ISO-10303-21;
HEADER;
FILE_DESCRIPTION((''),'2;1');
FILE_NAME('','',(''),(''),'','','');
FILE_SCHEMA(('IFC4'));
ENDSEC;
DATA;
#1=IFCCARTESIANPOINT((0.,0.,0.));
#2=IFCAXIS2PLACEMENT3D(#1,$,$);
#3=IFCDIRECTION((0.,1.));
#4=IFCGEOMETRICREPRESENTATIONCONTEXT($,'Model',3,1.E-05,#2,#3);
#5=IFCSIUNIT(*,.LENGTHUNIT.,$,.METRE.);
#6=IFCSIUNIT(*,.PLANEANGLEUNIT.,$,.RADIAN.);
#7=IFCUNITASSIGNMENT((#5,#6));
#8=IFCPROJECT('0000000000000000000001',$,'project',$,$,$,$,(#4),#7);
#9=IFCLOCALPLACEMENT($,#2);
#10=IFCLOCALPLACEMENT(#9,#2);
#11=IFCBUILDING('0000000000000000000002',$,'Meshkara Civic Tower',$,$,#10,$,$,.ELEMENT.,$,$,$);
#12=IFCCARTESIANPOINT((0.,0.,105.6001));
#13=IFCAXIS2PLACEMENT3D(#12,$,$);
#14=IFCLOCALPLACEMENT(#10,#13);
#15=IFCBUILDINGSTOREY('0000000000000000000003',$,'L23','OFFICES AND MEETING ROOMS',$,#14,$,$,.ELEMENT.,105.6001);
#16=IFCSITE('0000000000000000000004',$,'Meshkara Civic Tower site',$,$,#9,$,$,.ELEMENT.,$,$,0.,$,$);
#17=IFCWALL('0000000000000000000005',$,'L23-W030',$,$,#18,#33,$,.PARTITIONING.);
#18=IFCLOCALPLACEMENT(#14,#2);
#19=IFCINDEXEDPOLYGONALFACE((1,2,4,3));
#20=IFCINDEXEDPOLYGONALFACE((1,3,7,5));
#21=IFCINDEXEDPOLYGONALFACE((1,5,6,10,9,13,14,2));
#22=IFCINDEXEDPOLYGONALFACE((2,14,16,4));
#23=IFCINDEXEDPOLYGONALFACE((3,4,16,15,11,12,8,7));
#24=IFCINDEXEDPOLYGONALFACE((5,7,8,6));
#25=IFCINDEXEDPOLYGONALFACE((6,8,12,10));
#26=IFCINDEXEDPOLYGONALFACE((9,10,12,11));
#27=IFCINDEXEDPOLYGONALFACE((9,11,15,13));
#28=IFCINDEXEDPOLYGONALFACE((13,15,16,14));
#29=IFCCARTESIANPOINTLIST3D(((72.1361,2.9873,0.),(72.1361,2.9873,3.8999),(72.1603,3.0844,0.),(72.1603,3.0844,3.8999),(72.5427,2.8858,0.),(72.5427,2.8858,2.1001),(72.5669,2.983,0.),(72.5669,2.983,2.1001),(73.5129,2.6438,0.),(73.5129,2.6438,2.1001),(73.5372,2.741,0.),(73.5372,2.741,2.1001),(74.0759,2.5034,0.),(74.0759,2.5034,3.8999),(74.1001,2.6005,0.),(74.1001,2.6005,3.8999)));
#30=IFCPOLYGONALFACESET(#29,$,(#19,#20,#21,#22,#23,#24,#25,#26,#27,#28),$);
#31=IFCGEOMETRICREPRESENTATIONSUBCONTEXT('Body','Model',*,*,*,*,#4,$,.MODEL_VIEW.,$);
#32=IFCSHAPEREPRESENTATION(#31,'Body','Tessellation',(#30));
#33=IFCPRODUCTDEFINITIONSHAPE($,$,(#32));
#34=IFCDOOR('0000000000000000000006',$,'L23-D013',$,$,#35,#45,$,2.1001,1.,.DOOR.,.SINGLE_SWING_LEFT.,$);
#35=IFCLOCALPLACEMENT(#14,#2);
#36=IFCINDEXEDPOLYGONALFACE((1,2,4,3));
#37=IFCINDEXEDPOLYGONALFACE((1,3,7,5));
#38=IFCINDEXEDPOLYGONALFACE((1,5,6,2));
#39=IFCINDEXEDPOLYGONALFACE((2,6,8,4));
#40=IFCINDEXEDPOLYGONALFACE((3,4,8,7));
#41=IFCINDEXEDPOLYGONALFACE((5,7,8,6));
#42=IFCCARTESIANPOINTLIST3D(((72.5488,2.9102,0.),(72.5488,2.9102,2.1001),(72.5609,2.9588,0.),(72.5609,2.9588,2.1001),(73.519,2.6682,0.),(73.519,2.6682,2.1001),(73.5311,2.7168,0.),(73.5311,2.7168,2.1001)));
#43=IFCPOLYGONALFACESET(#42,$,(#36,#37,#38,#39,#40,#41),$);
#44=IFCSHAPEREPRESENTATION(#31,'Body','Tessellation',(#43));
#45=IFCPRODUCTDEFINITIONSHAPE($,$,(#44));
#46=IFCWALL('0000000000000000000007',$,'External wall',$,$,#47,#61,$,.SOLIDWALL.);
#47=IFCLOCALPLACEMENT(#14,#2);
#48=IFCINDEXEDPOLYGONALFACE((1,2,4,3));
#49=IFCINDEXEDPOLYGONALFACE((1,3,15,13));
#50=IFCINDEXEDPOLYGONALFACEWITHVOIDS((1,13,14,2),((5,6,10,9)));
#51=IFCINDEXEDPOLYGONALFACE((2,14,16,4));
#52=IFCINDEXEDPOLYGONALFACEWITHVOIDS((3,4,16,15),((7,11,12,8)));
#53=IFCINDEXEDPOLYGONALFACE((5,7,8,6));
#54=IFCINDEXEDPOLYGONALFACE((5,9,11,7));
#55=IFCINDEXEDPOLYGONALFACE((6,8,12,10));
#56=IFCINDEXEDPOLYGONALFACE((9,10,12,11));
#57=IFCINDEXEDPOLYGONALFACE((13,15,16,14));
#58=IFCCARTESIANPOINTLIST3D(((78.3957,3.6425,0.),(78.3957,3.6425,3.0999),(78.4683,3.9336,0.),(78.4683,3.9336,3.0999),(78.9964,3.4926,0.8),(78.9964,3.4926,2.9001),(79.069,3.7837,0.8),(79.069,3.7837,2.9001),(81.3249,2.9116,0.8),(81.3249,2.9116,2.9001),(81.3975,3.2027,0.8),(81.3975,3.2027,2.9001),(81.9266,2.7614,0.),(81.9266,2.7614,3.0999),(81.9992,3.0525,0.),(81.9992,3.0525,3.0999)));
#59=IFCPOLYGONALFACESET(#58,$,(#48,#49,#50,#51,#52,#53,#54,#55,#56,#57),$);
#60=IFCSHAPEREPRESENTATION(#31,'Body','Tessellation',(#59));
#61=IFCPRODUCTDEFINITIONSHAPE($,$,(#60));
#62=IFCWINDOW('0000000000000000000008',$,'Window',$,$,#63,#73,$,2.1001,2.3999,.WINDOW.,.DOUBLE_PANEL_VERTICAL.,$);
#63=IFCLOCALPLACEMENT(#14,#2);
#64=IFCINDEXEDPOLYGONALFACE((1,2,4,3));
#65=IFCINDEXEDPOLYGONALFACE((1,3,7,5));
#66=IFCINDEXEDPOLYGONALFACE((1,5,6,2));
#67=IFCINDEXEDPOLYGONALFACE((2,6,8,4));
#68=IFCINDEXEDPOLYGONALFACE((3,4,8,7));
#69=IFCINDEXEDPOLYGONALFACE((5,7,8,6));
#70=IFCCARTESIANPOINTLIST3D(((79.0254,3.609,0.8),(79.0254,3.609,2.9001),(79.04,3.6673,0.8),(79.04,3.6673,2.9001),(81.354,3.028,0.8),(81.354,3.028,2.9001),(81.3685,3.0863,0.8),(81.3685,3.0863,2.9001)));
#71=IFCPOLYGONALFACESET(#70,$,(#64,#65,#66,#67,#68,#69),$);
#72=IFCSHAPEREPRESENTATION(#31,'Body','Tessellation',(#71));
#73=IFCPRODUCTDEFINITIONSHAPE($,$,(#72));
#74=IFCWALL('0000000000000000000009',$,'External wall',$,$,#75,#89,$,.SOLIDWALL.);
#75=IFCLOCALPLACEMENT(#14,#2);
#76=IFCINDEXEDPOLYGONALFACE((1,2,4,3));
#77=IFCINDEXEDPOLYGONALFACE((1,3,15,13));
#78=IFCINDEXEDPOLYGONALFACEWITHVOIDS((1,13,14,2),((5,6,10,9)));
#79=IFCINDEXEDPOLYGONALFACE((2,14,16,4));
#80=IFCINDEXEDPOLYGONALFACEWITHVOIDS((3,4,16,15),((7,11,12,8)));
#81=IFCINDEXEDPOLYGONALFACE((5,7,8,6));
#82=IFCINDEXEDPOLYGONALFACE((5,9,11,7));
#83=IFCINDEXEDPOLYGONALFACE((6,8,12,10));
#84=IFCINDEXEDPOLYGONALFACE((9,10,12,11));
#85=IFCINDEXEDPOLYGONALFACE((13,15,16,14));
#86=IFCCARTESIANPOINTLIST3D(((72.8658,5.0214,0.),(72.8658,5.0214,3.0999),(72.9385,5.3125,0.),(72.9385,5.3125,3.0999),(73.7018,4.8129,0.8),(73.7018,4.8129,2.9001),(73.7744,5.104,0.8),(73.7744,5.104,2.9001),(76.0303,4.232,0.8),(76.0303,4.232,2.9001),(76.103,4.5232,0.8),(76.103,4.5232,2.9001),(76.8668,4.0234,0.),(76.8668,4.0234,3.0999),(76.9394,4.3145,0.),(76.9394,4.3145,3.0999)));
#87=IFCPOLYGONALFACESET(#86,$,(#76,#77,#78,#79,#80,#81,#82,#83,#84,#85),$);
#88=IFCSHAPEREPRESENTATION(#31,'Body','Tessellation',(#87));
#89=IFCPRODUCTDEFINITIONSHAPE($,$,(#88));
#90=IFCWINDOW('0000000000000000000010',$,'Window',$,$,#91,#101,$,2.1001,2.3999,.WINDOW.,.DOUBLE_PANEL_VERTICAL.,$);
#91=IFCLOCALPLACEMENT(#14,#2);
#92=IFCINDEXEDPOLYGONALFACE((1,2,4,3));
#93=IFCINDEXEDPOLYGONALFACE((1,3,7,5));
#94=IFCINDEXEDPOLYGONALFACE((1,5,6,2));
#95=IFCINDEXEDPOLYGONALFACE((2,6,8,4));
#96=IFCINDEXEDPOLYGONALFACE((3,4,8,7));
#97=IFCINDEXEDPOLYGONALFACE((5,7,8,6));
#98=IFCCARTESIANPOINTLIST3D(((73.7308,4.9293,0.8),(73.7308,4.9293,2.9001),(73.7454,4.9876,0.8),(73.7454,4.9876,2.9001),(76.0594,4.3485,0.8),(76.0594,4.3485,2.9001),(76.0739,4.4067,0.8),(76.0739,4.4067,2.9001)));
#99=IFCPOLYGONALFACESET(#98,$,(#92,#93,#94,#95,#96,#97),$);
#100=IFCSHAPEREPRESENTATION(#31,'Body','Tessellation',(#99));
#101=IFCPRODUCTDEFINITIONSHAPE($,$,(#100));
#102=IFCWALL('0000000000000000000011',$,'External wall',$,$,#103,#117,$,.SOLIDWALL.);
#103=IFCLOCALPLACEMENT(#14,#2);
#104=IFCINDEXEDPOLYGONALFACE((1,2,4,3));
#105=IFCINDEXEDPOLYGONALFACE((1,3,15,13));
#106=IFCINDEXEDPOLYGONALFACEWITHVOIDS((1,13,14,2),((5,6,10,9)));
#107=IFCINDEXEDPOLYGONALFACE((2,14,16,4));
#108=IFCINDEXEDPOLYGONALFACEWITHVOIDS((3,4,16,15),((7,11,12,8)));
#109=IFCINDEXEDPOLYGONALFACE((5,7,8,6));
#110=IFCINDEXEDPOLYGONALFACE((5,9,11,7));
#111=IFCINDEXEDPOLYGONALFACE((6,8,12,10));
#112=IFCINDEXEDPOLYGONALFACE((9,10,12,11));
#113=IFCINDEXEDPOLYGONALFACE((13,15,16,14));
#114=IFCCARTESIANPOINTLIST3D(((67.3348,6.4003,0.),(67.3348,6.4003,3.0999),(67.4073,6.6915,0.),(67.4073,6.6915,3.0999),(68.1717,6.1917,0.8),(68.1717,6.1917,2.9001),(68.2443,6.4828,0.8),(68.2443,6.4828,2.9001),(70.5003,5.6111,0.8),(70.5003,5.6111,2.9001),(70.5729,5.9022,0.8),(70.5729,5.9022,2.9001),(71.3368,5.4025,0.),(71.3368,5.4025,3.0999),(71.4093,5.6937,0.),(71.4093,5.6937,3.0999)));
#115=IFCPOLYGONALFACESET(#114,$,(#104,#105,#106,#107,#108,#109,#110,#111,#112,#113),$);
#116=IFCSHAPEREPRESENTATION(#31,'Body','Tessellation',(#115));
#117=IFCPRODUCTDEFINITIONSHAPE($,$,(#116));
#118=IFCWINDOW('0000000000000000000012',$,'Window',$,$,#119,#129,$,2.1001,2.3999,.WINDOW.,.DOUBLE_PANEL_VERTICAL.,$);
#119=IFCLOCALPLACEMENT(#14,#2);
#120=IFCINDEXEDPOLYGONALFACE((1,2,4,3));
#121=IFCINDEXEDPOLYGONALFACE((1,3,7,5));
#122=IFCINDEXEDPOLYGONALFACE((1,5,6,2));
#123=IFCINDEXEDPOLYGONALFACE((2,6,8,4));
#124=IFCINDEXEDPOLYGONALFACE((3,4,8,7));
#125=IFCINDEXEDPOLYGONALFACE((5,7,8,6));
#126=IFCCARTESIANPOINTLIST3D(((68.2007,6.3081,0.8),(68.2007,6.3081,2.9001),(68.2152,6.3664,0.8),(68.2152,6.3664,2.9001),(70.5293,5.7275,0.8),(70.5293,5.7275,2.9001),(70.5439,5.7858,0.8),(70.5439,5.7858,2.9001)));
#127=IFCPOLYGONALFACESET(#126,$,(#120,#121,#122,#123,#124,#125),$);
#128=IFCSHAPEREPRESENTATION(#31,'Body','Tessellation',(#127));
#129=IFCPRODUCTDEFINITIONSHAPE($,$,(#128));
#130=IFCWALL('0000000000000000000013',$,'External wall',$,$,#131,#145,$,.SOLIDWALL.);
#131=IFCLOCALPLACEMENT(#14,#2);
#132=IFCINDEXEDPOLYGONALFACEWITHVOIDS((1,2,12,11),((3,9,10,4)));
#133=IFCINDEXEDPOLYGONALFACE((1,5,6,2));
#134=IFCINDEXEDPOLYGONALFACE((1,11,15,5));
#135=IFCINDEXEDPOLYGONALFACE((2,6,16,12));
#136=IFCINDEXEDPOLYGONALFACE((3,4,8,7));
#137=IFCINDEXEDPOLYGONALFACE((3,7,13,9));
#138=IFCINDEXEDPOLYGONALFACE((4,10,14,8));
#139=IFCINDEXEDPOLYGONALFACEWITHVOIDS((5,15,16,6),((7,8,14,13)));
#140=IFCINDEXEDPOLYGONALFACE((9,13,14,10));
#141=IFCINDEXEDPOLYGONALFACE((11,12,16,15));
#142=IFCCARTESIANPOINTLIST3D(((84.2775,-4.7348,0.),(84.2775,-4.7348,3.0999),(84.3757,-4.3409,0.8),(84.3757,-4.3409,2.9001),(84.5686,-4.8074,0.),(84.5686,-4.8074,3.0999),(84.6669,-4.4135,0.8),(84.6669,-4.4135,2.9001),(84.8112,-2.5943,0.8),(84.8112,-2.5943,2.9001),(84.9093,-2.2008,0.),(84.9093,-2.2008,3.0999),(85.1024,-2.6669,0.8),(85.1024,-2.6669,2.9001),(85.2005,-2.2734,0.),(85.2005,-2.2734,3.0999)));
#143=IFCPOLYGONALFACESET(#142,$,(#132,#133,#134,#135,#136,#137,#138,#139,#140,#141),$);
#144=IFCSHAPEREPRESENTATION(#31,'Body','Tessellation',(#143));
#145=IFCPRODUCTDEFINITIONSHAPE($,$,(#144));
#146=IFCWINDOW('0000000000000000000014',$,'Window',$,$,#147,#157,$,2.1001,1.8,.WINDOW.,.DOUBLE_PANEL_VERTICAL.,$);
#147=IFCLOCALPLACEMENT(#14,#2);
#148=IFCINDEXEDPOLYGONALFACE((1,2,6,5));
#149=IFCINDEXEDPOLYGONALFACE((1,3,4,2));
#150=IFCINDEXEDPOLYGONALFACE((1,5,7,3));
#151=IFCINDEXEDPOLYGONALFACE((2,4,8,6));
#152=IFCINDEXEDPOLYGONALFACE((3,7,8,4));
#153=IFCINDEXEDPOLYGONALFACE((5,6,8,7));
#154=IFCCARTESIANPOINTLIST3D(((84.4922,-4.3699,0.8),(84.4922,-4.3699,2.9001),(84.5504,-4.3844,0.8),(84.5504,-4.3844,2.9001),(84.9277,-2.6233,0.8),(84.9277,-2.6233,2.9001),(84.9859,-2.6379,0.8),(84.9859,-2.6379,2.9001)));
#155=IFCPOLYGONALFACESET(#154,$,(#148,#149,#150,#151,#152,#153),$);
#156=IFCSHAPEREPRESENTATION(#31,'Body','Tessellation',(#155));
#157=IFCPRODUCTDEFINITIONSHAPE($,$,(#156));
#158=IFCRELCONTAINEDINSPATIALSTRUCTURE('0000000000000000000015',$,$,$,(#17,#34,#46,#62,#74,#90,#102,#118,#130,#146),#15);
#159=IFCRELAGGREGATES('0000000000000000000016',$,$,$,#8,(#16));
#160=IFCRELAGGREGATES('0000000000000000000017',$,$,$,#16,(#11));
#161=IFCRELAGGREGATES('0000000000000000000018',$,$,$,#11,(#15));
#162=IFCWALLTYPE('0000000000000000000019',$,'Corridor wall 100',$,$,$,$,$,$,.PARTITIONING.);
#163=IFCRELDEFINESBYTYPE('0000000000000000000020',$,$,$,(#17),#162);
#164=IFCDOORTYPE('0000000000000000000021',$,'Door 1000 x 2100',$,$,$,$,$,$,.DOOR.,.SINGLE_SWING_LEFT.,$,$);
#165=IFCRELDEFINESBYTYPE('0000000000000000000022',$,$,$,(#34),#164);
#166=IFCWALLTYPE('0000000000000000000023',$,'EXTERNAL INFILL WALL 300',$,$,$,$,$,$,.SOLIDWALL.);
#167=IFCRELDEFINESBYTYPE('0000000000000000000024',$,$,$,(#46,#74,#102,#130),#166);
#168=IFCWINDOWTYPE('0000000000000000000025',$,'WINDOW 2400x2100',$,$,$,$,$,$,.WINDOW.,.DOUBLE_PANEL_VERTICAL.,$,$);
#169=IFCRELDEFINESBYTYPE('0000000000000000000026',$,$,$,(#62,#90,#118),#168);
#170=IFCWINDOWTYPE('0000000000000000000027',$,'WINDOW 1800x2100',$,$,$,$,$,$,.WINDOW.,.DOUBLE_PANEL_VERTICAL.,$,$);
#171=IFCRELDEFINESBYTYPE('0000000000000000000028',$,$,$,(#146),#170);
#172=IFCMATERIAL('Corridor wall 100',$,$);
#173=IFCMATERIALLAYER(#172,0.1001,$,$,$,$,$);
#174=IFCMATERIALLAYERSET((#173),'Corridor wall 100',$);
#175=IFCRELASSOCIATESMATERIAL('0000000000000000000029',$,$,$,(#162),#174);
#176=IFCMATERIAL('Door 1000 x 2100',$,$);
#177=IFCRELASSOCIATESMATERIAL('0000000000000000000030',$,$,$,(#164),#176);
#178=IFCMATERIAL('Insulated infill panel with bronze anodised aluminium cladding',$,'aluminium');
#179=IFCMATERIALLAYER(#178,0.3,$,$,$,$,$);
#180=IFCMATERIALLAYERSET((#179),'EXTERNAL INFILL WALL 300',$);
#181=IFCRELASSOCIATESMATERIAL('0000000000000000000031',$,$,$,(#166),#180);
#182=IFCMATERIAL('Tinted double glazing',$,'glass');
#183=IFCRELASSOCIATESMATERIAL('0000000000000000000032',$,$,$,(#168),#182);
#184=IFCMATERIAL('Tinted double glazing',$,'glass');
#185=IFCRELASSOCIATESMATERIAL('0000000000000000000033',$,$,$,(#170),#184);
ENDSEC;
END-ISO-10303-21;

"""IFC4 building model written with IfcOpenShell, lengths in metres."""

from ifc_helpers import new_model, si_unit, direction, frame, frame_2d, origin, place, context, subcontext, project, spatial, rectangle, extrude, material, layer, layer_set, type_object, element, fill, save


model = new_model("IFC4")

# Units and contexts
model_context = context("Model", 3, precision=1e-05, world=origin(), true_north=direction((0.0, 1.0)))
body_context = subcontext(model_context, "Body", "Model", "MODEL_VIEW")
ifc_project = project(units=[si_unit("LENGTHUNIT", "METRE"), si_unit("PLANEANGLEUNIT", "RADIAN")], contexts=[model_context])

# Site, building, storey
site_placement = place(None, origin())
site = spatial("IfcSite", under=ifc_project, at=site_placement, Name="Meshkara Civic Tower site", CompositionType="ELEMENT", RefElevation=0.0)
building_placement = place(site_placement, origin())
building = spatial("IfcBuilding", under=site, at=building_placement, Name="Meshkara Civic Tower", CompositionType="ELEMENT")
storey_placement = place(building_placement, frame((0.0, 0.0, 105.6001)))
storey = spatial("IfcBuildingStorey", under=building, at=storey_placement, Name="L23", Description="OFFICES AND MEETING ROOMS", CompositionType="ELEMENT", Elevation=105.6001)

# Shared definitions
ifc_material_1 = material(Name="Corridor wall 100")
ifc_layer_1 = layer(ifc_material_1, 0.1001)
ifc_layer_set_1 = layer_set([ifc_layer_1], Name="Corridor wall 100")
wall_type_1 = type_object("IfcWallType", Name="Corridor wall 100", PredefinedType="PARTITIONING", material=ifc_layer_set_1)
ifc_material_2 = material(Name="Door 1000 x 2100")
door_type = type_object("IfcDoorType", Name="Door 1000 x 2100", OperationType="SINGLE_SWING_LEFT", PredefinedType="DOOR", material=ifc_material_2)

# Wall, opening, door
wall_1_placement = place(storey_placement, frame((74.0879, 2.552, 0.0), z_axis=(0.0, 0.0, 1.0), x_axis=(-0.970272, 0.242018, 0.0)))
wall_1 = element("IfcWall", 1, at=wall_1_placement, inside=storey, type_object=wall_type_1, Name="L23-W030", PredefinedType="PARTITIONING", context=body_context, shape_type="SweptSolid", body=[
    extrude(rectangle(XDim=1.9993, YDim=0.1001, at=frame_2d((0.9995, 0.0))), origin(), (0.0, 0.0, 1.0), 3.8999),
])
opening_1_placement = place(wall_1_placement, frame((0.5801, 0.0, 0.0)))
opening_1 = element("IfcOpeningElement", 2, at=opening_1_placement, cuts=wall_1, PredefinedType="OPENING", context=body_context, shape_type="SweptSolid", body=[
    extrude(rectangle(XDim=1.0, YDim=2.1001, at=frame_2d((0.5, 1.05))), frame((0.0, 0.0601, 0.0), z_axis=(0.0, -1.0, 0.0), x_axis=(1.0, 0.0, 0.0)), (0.0, 0.0, 1.0), 0.1201),
])
door_1_placement = place(opening_1_placement, origin())
door_1 = element("IfcDoor", 3, at=door_1_placement, inside=storey, type_object=door_type, Name="L23-D013", OperationType="SINGLE_SWING_LEFT", OverallHeight=2.1001, OverallWidth=1.0, PredefinedType="DOOR", context=body_context, shape_type="SweptSolid", body=[
    extrude(rectangle(XDim=1.0, YDim=2.1001, at=frame_2d((0.5, 1.05))), frame((0.0, 0.0249, 0.0), z_axis=(0.0, -1.0, 0.0), x_axis=(1.0, 0.0, 0.0)), (0.0, 0.0, 1.0), 0.05),
])
fill(opening_1, door_1)

# Walls, openings, windows
ifc_material_3 = material(Name="Insulated infill panel with bronze anodised aluminium cladding", Category="aluminium")
ifc_layer_2 = layer(ifc_material_3, 0.3)
ifc_layer_set_2 = layer_set([ifc_layer_2], Name="EXTERNAL INFILL WALL 300")
wall_type_2 = type_object("IfcWallType", Name="EXTERNAL INFILL WALL 300", PredefinedType="SOLIDWALL", material=ifc_layer_set_2)
wall_2_placement = place(storey_placement, frame((81.9629, 2.907, 0.0), z_axis=(0.0, 0.0, 1.0), x_axis=(-0.970249, 0.242109, 0.0)))
wall_2 = element("IfcWall", 4, at=wall_2_placement, inside=storey, type_object=wall_type_2, Name="External wall", PredefinedType="SOLIDWALL", context=body_context, shape_type="SweptSolid", body=[
    extrude(rectangle(XDim=3.6392, YDim=0.3, at=frame_2d((1.8196, 0.0))), origin(), (0.0, 0.0, 1.0), 3.0999),
])
opening_2_placement = place(wall_2_placement, frame((0.6201, 0.0, 0.8)))
opening_2 = element("IfcOpeningElement", 5, at=opening_2_placement, cuts=wall_2, PredefinedType="OPENING", context=body_context, shape_type="SweptSolid", body=[
    extrude(rectangle(XDim=2.3999, YDim=2.1001, at=frame_2d((1.2, 1.05))), frame((0.0, 0.1599, 0.0), z_axis=(0.0, -1.0, 0.0), x_axis=(1.0, 0.0, 0.0)), (0.0, 0.0, 1.0), 0.3201),
])
ifc_material_4 = material(Name="Tinted double glazing", Category="glass")
window_type_1 = type_object("IfcWindowType", Name="WINDOW 2400x2100", PartitioningType="DOUBLE_PANEL_VERTICAL", PredefinedType="WINDOW", material=ifc_material_4)
window_1_placement = place(opening_2_placement, origin())
window_1 = element("IfcWindow", 6, at=window_1_placement, inside=storey, type_object=window_type_1, Name="Window", OverallHeight=2.1001, OverallWidth=2.3999, PartitioningType="DOUBLE_PANEL_VERTICAL", PredefinedType="WINDOW", context=body_context, shape_type="SweptSolid", body=[
    extrude(rectangle(XDim=2.3999, YDim=2.1001, at=frame_2d((1.2, 1.05))), frame((0.0, 0.03, 0.0), z_axis=(0.0, -1.0, 0.0), x_axis=(1.0, 0.0, 0.0)), (0.0, 0.0, 1.0), 0.0601),
])
fill(opening_2, window_1)
wall_3_placement = place(storey_placement, frame((76.9031, 4.1689, 0.0), z_axis=(0.0, 0.0, 1.0), x_axis=(-0.970268, 0.242034, 0.0)))
wall_3 = element("IfcWall", 7, at=wall_3_placement, inside=storey, type_object=wall_type_2, Name="External wall", PredefinedType="SOLIDWALL", context=body_context, shape_type="SweptSolid", body=[
    extrude(rectangle(XDim=4.1235, YDim=0.3, at=frame_2d((2.0618, 0.0))), origin(), (0.0, 0.0, 1.0), 3.0999),
])
opening_3_placement = place(wall_3_placement, frame((0.8621, 0.0, 0.8)))
opening_3 = element("IfcOpeningElement", 8, at=opening_3_placement, cuts=wall_3, PredefinedType="OPENING", context=body_context, shape_type="SweptSolid", body=[
    extrude(rectangle(XDim=2.3999, YDim=2.1001, at=frame_2d((1.2, 1.05))), frame((0.0, 0.1599, 0.0), z_axis=(0.0, -1.0, 0.0), x_axis=(1.0, 0.0, 0.0)), (0.0, 0.0, 1.0), 0.3201),
])
window_2_placement = place(opening_3_placement, origin())
window_2 = element("IfcWindow", 9, at=window_2_placement, inside=storey, type_object=window_type_1, Name="Window", OverallHeight=2.1001, OverallWidth=2.3999, PartitioningType="DOUBLE_PANEL_VERTICAL", PredefinedType="WINDOW", context=body_context, shape_type="SweptSolid", body=[
    extrude(rectangle(XDim=2.3999, YDim=2.1001, at=frame_2d((1.2, 1.05))), frame((0.0, 0.03, 0.0), z_axis=(0.0, -1.0, 0.0), x_axis=(1.0, 0.0, 0.0)), (0.0, 0.0, 1.0), 0.0601),
])
fill(opening_3, window_2)
wall_4_placement = place(storey_placement, frame((71.373, 5.5481, 0.0), z_axis=(0.0, 0.0, 1.0), x_axis=(-0.970296, 0.241923, 0.0)))
wall_4 = element("IfcWall", 10, at=wall_4_placement, inside=storey, type_object=wall_type_2, Name="External wall", PredefinedType="SOLIDWALL", context=body_context, shape_type="SweptSolid", body=[
    extrude(rectangle(XDim=4.1245, YDim=0.3, at=frame_2d((2.0623, 0.0))), origin(), (0.0, 0.0, 1.0), 3.0999),
])
opening_4_placement = place(wall_4_placement, frame((0.8621, 0.0, 0.8)))
opening_4 = element("IfcOpeningElement", 11, at=opening_4_placement, cuts=wall_4, PredefinedType="OPENING", context=body_context, shape_type="SweptSolid", body=[
    extrude(rectangle(XDim=2.3999, YDim=2.1001, at=frame_2d((1.2, 1.05))), frame((0.0, 0.1599, 0.0), z_axis=(0.0, -1.0, 0.0), x_axis=(1.0, 0.0, 0.0)), (0.0, 0.0, 1.0), 0.3201),
])
window_3_placement = place(opening_4_placement, origin())
window_3 = element("IfcWindow", 12, at=window_3_placement, inside=storey, type_object=window_type_1, Name="Window", OverallHeight=2.1001, OverallWidth=2.3999, PartitioningType="DOUBLE_PANEL_VERTICAL", PredefinedType="WINDOW", context=body_context, shape_type="SweptSolid", body=[
    extrude(rectangle(XDim=2.3999, YDim=2.1001, at=frame_2d((1.2, 1.05))), frame((0.0, 0.03, 0.0), z_axis=(0.0, -1.0, 0.0), x_axis=(1.0, 0.0, 0.0)), (0.0, 0.0, 1.0), 0.0601),
])
fill(opening_4, window_3)
wall_5_placement = place(storey_placement, frame((84.4231, -4.771, 0.0), z_axis=(0.0, 0.0, 1.0), x_axis=(0.241942, 0.970291, 0.0)))
wall_5 = element("IfcWall", 13, at=wall_5_placement, inside=storey, type_object=wall_type_2, Name="External wall", PredefinedType="SOLIDWALL", context=body_context, shape_type="SweptSolid", body=[
    extrude(rectangle(XDim=2.6116, YDim=0.3, at=frame_2d((1.3057, 0.0))), origin(), (0.0, 0.0, 1.0), 3.0999),
])
opening_5_placement = place(wall_5_placement, frame((0.406, 0.0, 0.8)))
opening_5 = element("IfcOpeningElement", 14, at=opening_5_placement, cuts=wall_5, PredefinedType="OPENING", context=body_context, shape_type="SweptSolid", body=[
    extrude(rectangle(XDim=1.8, YDim=2.1001, at=frame_2d((0.8999, 1.05))), frame((0.0, 0.1599, 0.0), z_axis=(0.0, -1.0, 0.0), x_axis=(1.0, 0.0, 0.0)), (0.0, 0.0, 1.0), 0.3201),
])
ifc_material_5 = material(Name="Tinted double glazing", Category="glass")
window_type_2 = type_object("IfcWindowType", Name="WINDOW 1800x2100", PartitioningType="DOUBLE_PANEL_VERTICAL", PredefinedType="WINDOW", material=ifc_material_5)
window_4_placement = place(opening_5_placement, origin())
window_4 = element("IfcWindow", 15, at=window_4_placement, inside=storey, type_object=window_type_2, Name="Window", OverallHeight=2.1001, OverallWidth=1.8, PartitioningType="DOUBLE_PANEL_VERTICAL", PredefinedType="WINDOW", context=body_context, shape_type="SweptSolid", body=[
    extrude(rectangle(XDim=1.8, YDim=2.1001, at=frame_2d((0.8999, 1.05))), frame((0.0, 0.03, 0.0), z_axis=(0.0, -1.0, 0.0), x_axis=(1.0, 0.0, 0.0)), (0.0, 0.0, 1.0), 0.0601),
])
fill(opening_5, window_4)

save(model, "model.ifc")
